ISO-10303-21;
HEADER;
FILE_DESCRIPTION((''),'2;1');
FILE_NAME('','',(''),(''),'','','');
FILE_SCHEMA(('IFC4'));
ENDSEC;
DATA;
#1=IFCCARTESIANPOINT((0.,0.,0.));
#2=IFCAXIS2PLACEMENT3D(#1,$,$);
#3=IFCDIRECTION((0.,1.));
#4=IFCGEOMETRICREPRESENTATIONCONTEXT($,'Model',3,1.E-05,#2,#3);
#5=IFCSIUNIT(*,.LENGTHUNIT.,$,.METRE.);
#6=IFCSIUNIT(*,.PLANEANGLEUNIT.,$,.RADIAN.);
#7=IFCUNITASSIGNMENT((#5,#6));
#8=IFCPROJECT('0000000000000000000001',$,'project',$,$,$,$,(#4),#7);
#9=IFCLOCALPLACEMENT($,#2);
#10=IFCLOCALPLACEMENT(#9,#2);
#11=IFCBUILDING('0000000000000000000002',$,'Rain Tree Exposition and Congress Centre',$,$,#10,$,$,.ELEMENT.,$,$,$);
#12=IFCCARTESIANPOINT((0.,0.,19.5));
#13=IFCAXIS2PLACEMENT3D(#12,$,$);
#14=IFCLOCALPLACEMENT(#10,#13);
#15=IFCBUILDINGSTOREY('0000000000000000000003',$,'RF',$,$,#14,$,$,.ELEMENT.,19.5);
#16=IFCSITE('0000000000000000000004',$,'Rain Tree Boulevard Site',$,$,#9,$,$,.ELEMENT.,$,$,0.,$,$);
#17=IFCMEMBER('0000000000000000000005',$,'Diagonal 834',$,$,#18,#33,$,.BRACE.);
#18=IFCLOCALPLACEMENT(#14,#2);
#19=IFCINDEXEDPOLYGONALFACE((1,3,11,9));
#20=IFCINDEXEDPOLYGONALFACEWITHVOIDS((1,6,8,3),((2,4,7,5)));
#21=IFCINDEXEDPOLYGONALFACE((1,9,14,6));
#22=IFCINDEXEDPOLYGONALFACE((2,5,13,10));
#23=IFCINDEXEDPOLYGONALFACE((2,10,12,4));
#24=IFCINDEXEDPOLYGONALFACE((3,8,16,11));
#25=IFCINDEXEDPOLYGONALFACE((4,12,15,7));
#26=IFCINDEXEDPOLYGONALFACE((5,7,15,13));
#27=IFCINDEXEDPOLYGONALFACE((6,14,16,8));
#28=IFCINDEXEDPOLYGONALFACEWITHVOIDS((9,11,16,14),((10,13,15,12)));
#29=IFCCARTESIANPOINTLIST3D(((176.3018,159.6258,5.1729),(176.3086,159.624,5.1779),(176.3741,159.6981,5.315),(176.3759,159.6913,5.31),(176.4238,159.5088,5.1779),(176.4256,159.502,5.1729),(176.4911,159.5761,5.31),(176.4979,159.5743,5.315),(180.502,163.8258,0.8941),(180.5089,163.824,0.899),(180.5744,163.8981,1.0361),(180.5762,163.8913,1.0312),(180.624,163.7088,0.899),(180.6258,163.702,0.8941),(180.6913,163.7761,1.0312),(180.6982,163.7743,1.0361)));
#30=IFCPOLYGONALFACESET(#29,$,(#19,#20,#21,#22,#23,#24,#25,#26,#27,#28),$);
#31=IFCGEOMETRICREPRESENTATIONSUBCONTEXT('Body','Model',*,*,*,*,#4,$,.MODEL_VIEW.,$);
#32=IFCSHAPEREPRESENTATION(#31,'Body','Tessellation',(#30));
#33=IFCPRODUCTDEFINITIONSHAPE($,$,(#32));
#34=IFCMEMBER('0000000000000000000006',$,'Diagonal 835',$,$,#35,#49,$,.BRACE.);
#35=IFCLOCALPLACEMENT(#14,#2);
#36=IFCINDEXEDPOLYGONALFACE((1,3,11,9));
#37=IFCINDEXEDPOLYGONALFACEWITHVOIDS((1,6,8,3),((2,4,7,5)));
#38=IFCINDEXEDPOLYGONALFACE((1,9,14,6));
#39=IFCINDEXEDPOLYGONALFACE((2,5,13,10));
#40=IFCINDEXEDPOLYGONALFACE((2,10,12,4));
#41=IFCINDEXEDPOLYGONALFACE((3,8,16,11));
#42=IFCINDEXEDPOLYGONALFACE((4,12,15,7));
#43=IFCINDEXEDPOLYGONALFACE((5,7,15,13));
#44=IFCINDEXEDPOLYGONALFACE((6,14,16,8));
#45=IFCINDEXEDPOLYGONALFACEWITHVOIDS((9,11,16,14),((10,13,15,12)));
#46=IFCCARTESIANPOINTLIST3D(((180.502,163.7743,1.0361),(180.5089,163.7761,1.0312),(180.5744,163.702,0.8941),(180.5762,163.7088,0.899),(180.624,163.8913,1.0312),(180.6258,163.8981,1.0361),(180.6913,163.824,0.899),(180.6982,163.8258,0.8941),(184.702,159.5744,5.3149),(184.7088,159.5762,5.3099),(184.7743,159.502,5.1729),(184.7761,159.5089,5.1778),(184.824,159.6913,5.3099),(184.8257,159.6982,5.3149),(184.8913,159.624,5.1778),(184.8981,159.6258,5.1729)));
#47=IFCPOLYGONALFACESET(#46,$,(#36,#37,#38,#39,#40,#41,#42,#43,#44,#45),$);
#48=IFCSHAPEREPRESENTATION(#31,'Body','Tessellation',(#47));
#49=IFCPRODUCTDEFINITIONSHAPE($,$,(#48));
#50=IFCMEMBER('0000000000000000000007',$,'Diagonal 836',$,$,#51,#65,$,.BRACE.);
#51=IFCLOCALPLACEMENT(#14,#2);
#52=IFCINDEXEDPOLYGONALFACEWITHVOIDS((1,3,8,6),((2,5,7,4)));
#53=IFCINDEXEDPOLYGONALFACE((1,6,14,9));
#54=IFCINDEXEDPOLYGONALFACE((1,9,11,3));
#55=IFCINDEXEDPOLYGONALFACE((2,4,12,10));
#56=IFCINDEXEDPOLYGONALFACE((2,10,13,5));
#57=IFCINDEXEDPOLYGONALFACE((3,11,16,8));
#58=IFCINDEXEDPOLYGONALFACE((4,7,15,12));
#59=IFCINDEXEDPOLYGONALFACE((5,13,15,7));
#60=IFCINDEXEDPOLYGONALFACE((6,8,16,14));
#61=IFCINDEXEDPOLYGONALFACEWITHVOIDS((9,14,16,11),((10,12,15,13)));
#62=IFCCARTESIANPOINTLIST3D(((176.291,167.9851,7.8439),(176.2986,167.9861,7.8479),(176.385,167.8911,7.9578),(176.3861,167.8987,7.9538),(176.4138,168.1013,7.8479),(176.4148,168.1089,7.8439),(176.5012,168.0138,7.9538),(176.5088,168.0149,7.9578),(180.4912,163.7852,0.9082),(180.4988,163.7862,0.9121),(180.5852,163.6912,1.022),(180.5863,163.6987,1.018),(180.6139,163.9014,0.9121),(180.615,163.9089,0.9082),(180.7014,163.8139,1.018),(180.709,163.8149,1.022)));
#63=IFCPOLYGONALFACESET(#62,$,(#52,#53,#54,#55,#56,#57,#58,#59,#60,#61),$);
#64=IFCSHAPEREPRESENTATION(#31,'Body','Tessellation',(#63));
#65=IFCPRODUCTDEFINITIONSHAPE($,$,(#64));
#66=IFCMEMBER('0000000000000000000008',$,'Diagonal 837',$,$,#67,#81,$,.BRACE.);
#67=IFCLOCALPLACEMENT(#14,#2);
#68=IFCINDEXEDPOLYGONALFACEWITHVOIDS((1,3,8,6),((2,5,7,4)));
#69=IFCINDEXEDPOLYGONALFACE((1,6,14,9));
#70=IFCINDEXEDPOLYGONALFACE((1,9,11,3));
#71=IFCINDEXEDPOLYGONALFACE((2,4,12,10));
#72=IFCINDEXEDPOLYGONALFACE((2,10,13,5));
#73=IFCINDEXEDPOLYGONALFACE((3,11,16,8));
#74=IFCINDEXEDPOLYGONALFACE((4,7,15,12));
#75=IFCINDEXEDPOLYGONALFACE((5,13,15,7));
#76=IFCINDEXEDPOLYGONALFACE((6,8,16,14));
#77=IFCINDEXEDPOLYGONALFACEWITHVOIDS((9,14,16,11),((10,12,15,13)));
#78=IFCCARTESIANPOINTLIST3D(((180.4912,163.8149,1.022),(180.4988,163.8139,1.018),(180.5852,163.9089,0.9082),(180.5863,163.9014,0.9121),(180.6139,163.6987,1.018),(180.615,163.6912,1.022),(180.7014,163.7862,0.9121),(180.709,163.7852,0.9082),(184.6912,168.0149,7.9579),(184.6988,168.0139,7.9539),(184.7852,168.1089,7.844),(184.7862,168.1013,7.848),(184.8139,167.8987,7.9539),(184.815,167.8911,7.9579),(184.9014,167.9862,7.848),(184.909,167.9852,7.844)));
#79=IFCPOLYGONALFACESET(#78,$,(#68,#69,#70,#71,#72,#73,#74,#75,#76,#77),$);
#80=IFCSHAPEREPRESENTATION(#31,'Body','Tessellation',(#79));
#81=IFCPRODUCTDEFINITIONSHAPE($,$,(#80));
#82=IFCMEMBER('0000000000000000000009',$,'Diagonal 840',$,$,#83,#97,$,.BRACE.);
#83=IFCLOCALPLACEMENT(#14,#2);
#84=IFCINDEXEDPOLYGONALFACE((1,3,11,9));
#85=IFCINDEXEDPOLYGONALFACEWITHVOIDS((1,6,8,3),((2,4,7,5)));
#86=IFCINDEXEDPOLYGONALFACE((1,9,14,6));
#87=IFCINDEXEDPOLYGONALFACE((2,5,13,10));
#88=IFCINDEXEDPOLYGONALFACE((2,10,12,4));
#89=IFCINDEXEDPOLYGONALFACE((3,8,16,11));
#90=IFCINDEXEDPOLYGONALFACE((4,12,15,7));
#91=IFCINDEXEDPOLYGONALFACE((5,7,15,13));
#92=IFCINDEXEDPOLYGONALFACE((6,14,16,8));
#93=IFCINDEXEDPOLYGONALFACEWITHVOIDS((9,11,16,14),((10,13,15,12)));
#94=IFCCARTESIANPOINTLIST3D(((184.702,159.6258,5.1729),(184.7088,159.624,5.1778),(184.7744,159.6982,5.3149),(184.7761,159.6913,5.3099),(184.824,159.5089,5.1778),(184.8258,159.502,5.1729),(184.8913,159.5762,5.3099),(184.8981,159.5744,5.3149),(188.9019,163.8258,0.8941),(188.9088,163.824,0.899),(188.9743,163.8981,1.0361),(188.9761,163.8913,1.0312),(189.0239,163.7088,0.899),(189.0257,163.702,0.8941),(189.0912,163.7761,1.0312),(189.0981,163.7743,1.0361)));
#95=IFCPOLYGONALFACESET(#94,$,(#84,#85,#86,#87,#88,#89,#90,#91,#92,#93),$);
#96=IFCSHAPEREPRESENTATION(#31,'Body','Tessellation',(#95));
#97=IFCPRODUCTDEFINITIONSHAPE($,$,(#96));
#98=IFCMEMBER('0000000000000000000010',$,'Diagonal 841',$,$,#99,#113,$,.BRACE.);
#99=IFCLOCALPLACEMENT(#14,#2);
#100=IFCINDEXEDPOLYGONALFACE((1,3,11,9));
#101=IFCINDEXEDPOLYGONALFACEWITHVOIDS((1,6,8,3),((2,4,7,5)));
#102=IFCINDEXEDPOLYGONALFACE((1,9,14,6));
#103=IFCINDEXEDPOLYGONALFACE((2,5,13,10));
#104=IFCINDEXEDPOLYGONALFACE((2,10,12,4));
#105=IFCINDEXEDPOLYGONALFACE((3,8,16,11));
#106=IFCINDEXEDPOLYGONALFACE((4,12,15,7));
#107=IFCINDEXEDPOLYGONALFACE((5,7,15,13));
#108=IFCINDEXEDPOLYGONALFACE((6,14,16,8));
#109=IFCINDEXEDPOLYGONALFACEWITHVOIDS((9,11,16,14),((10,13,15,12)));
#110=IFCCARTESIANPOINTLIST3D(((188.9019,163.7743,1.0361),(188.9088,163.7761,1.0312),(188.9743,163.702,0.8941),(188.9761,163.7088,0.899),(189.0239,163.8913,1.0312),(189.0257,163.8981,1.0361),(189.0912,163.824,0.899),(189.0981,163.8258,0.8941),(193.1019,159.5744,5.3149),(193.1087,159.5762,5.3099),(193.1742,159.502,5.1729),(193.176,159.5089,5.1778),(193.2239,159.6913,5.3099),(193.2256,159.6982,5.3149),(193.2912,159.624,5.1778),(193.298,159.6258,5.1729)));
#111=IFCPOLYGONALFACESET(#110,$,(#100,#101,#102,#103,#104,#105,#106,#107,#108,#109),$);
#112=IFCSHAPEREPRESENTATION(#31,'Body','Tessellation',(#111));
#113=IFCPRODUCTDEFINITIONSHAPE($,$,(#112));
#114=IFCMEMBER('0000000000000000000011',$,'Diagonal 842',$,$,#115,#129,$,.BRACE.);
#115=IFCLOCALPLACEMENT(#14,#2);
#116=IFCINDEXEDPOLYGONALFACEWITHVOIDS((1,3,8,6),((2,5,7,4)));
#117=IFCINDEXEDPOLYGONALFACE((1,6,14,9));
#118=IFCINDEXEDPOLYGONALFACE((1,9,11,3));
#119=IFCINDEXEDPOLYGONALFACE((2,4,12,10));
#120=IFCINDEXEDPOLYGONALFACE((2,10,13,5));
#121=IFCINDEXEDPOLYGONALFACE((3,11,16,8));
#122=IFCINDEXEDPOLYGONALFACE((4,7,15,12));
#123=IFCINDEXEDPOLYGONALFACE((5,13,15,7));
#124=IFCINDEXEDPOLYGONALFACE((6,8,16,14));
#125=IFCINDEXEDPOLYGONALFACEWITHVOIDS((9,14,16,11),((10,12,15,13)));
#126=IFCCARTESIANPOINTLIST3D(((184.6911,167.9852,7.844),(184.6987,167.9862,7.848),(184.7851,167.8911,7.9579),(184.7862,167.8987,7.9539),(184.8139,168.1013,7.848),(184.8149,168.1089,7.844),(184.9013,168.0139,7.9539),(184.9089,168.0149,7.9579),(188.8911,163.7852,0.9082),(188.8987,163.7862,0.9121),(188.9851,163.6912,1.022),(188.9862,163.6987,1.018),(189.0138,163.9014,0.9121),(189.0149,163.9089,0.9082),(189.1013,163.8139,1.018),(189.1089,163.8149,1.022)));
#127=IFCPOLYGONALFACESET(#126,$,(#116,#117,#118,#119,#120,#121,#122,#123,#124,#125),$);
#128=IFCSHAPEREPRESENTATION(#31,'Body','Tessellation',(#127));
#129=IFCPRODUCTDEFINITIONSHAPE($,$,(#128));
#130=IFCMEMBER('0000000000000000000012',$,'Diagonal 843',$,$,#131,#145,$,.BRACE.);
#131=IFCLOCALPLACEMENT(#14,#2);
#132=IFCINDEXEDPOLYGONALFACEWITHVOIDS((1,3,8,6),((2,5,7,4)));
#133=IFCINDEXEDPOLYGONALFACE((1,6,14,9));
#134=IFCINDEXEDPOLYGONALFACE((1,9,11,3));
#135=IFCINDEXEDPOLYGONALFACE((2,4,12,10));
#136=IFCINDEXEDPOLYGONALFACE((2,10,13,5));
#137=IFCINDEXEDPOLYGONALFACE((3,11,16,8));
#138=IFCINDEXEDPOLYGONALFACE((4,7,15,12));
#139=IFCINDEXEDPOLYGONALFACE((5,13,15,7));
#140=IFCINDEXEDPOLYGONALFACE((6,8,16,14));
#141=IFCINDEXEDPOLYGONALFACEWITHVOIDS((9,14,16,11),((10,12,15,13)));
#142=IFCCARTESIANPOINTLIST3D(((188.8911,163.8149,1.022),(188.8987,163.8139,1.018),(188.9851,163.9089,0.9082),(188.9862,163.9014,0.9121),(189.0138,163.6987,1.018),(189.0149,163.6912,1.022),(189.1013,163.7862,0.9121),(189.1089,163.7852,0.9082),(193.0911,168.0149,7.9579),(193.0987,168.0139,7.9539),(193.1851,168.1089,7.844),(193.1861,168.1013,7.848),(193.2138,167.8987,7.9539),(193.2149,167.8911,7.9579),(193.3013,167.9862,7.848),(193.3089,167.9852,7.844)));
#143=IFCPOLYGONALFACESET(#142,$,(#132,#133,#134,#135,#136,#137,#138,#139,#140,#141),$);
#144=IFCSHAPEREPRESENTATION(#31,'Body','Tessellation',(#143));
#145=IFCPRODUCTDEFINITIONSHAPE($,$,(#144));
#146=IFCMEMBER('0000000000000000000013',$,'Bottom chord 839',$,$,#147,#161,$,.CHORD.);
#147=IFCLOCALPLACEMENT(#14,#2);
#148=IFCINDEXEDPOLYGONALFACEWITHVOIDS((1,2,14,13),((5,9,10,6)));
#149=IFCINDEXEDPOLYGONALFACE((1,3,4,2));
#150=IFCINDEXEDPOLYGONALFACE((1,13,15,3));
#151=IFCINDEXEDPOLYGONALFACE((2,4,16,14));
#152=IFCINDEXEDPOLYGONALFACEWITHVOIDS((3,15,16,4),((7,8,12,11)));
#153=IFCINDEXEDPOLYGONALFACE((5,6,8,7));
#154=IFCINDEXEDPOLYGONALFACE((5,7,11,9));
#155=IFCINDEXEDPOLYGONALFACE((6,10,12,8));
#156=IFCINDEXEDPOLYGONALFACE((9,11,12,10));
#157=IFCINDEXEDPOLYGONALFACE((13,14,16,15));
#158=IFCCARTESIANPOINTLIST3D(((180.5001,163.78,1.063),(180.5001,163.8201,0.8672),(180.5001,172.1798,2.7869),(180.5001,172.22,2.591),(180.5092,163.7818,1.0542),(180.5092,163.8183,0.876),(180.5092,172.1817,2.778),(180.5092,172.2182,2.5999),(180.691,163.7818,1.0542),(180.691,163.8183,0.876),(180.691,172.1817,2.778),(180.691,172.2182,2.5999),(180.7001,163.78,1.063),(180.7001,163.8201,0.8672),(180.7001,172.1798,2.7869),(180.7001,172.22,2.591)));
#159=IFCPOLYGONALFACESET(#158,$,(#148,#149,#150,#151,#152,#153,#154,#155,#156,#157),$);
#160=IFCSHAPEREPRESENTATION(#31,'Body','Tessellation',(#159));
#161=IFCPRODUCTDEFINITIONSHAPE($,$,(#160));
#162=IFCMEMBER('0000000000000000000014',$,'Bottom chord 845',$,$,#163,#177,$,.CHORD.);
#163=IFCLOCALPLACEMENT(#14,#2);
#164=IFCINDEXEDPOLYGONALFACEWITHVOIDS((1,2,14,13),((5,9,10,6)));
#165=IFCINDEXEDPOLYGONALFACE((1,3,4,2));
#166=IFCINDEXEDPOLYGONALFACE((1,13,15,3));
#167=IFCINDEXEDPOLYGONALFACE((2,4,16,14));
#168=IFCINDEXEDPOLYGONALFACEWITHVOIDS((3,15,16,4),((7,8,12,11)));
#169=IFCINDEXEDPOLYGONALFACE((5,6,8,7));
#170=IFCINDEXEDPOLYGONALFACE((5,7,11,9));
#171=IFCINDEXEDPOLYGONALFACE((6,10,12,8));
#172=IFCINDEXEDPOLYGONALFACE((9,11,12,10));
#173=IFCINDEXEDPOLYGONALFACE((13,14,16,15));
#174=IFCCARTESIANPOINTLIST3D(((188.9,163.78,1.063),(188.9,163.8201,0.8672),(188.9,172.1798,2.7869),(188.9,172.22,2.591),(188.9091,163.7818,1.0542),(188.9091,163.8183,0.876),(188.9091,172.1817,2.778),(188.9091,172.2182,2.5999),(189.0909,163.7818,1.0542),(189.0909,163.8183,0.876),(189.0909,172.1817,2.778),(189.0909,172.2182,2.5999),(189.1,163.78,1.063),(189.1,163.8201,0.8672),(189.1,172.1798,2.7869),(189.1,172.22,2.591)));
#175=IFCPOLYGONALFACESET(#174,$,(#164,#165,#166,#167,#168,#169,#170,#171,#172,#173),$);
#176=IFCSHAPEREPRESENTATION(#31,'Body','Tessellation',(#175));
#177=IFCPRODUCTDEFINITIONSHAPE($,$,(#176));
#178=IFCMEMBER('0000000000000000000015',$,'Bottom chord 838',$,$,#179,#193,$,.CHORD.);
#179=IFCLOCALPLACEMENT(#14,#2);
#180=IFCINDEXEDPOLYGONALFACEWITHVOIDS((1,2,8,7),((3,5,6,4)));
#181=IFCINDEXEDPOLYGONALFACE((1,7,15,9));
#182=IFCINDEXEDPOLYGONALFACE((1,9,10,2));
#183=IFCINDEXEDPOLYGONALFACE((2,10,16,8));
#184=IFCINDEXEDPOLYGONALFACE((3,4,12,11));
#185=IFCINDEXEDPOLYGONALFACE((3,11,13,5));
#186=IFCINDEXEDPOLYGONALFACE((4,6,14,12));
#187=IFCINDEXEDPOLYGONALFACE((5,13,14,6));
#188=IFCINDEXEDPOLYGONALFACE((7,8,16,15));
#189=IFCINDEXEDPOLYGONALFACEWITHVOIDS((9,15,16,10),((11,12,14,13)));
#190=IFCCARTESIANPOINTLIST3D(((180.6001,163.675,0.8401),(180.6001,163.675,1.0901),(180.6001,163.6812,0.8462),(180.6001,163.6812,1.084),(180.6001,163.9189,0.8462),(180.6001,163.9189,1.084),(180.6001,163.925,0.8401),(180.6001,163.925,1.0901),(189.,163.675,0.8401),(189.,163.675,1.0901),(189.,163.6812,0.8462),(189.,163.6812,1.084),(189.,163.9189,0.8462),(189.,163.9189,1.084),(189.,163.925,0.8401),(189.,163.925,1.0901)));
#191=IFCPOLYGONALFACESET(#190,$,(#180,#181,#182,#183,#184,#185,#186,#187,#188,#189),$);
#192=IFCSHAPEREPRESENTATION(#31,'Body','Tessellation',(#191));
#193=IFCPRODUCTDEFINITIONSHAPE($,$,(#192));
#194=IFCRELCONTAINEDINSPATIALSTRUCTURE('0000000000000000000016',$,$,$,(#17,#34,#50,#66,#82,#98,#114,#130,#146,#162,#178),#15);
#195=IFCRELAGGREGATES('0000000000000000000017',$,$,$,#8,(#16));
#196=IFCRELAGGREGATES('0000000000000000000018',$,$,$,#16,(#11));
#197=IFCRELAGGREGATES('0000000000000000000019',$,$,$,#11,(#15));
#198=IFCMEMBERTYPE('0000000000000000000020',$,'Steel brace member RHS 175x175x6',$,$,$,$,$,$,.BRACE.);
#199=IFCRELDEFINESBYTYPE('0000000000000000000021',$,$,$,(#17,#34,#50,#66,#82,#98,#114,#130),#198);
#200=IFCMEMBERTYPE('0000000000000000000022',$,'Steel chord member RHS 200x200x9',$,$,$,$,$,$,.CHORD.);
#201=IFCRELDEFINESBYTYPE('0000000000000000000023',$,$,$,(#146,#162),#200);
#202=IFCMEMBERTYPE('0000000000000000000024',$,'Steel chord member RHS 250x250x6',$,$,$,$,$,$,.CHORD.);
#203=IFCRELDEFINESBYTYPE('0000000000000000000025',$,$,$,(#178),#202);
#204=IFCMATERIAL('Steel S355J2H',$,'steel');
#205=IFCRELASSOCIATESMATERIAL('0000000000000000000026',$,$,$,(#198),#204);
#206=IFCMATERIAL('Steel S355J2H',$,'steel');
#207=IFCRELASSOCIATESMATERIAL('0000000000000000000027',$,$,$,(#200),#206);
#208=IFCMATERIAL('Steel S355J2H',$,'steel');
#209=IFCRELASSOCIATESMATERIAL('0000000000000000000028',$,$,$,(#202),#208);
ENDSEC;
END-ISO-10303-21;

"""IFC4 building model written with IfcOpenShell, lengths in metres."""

from ifc_helpers import new_model, si_unit, direction, frame, origin, origin_2d, place, context, subcontext, project, spatial, hollow_rectangle, extrude, material, material_profile, profile_set, type_object, element, save


model = new_model("IFC4")

# Units and contexts
model_context = context("Model", 3, precision=1e-05, world=origin(), true_north=direction((0.0, 1.0)))
body_context = subcontext(model_context, "Body", "Model", "MODEL_VIEW")
ifc_project = project(units=[si_unit("LENGTHUNIT", "METRE"), si_unit("PLANEANGLEUNIT", "RADIAN")], contexts=[model_context])

# Site, building, storey
site_placement = place(None, origin())
site = spatial("IfcSite", under=ifc_project, at=site_placement, Name="Rain Tree Boulevard Site", CompositionType="ELEMENT", RefElevation=0.0)
building_placement = place(site_placement, origin())
building = spatial("IfcBuilding", under=site, at=building_placement, Name="Rain Tree Exposition and Congress Centre", CompositionType="ELEMENT")
storey_placement = place(building_placement, frame((0.0, 0.0, 19.5)))
storey = spatial("IfcBuildingStorey", under=building, at=storey_placement, Name="RF", CompositionType="ELEMENT", Elevation=19.5)

# Members
ifc_material_1 = material(Name="Steel S355J2H", Category="steel")
ifc_material_profile_1 = material_profile(ifc_material_1, hollow_rectangle(XDim=0.175, YDim=0.175, WallThickness=0.0061, at=origin_2d()), Name="RHS 175x175x6")
ifc_profile_set_1 = profile_set([ifc_material_profile_1], Name="Steel S355J2H")
member_type_1 = type_object("IfcMemberType", Name="Steel brace member RHS 175x175x6", PredefinedType="BRACE", material=ifc_profile_set_1)
member_1_placement = place(storey_placement, frame((180.6001, 163.8, 0.9651), z_axis=(-0.57376, -0.573726, 0.584498), x_axis=(0.707086, -0.707127, 0.0)))
element("IfcMember", 1, at=member_1_placement, inside=storey, type_object=member_type_1, Name="Diagonal 834", PredefinedType="BRACE", context=body_context, shape_type="SweptSolid", body=[
    extrude(hollow_rectangle(XDim=0.175, YDim=0.175, WallThickness=0.0061, at=origin_2d()), origin(), (0.0, 0.0, 1.0), 7.3206),
])
member_2_placement = place(storey_placement, frame((180.6001, 163.8, 0.9651), z_axis=(0.573737, -0.573737, 0.58451), x_axis=(0.707107, 0.707107, 0.0)))
element("IfcMember", 2, at=member_2_placement, inside=storey, type_object=member_type_1, Name="Diagonal 835", PredefinedType="BRACE", context=body_context, shape_type="SweptSolid", body=[
    extrude(hollow_rectangle(XDim=0.175, YDim=0.175, WallThickness=0.0061, at=origin_2d()), origin(), (0.0, 0.0, 1.0), 7.3203),
])
for number, where, z_axis, x_axis, name in (
    (3, (180.6001, 163.8, 0.9651), (-0.459962, 0.459935, 0.759536), (-0.707086, -0.707127, 0.0), "Diagonal 836"),
    (4, (180.6001, 163.8, 0.9651), (0.459941, 0.459941, 0.759545), (-0.707107, 0.707107, 0.0), "Diagonal 837"),
):
    element("IfcMember", number, at=place(storey_placement, frame(where, z_axis=z_axis, x_axis=x_axis)), inside=storey, type_object=member_type_1, Name=name, PredefinedType="BRACE", context=body_context, shape_type="SweptSolid", body=[
        extrude(hollow_rectangle(XDim=0.175, YDim=0.175, WallThickness=0.0061, at=origin_2d()), origin(), (0.0, 0.0, 1.0), 9.1316),
    ])
for number, where, z_axis, x_axis, name in (
    (5, (189.0, 163.8, 0.9651), (-0.573737, -0.573737, 0.58451), (0.707107, -0.707107, 0.0), "Diagonal 840"),
    (6, (189.0, 163.8, 0.9651), (0.573737, -0.573737, 0.58451), (0.707107, 0.707107, 0.0), "Diagonal 841"),
):
    element("IfcMember", number, at=place(storey_placement, frame(where, z_axis=z_axis, x_axis=x_axis)), inside=storey, type_object=member_type_1, Name=name, PredefinedType="BRACE", context=body_context, shape_type="SweptSolid", body=[
        extrude(hollow_rectangle(XDim=0.175, YDim=0.175, WallThickness=0.0061, at=origin_2d()), origin(), (0.0, 0.0, 1.0), 7.3203),
    ])
for number, where, z_axis, x_axis, name in (
    (7, (189.0, 163.8, 0.9651), (-0.459941, 0.459941, 0.759545), (-0.707107, -0.707107, 0.0), "Diagonal 842"),
    (8, (189.0, 163.8, 0.9651), (0.459941, 0.459941, 0.759545), (-0.707107, 0.707107, 0.0), "Diagonal 843"),
):
    element("IfcMember", number, at=place(storey_placement, frame(where, z_axis=z_axis, x_axis=x_axis)), inside=storey, type_object=member_type_1, Name=name, PredefinedType="BRACE", context=body_context, shape_type="SweptSolid", body=[
        extrude(hollow_rectangle(XDim=0.175, YDim=0.175, WallThickness=0.0061, at=origin_2d()), origin(), (0.0, 0.0, 1.0), 9.1316),
    ])
ifc_material_2 = material(Name="Steel S355J2H", Category="steel")
ifc_material_profile_2 = material_profile(ifc_material_2, hollow_rectangle(XDim=0.2, YDim=0.2, WallThickness=0.009, at=origin_2d()), Name="RHS 200x200x9")
ifc_profile_set_2 = profile_set([ifc_material_profile_2], Name="Steel S355J2H")
member_type_2 = type_object("IfcMemberType", Name="Steel chord member RHS 200x200x9", PredefinedType="CHORD", material=ifc_profile_set_2)
for number, where, z_axis, x_axis, name in (
    (9, (180.6001, 163.8, 0.9651), (0.0, 0.979584, 0.201036), (-1.0, 0.0, 0.0), "Bottom chord 839"),
    (10, (189.0, 163.8, 0.9651), (0.0, 0.979584, 0.201036), (-1.0, 0.0, 0.0), "Bottom chord 845"),
):
    element("IfcMember", number, at=place(storey_placement, frame(where, z_axis=z_axis, x_axis=x_axis)), inside=storey, type_object=member_type_2, Name=name, PredefinedType="CHORD", context=body_context, shape_type="SweptSolid", body=[
        extrude(hollow_rectangle(XDim=0.2, YDim=0.2, WallThickness=0.009, at=origin_2d()), origin(), (0.0, 0.0, 1.0), 8.575),
    ])
ifc_material_3 = material(Name="Steel S355J2H", Category="steel")
ifc_material_profile_3 = material_profile(ifc_material_3, hollow_rectangle(XDim=0.25, YDim=0.25, WallThickness=0.0061, at=origin_2d()), Name="RHS 250x250x6")
ifc_profile_set_3 = profile_set([ifc_material_profile_3], Name="Steel S355J2H")
member_type_3 = type_object("IfcMemberType", Name="Steel chord member RHS 250x250x6", PredefinedType="CHORD", material=ifc_profile_set_3)
for number, where, z_axis, x_axis, name in (
    (11, (180.6001, 163.8, 0.9651), (1.0, 0.0, 0.0), (0.0, 1.0, 0.0), "Bottom chord 838"),
):
    element("IfcMember", number, at=place(storey_placement, frame(where, z_axis=z_axis, x_axis=x_axis)), inside=storey, type_object=member_type_3, Name=name, PredefinedType="CHORD", context=body_context, shape_type="SweptSolid", body=[
        extrude(hollow_rectangle(XDim=0.25, YDim=0.25, WallThickness=0.0061, at=origin_2d()), origin(), (0.0, 0.0, 1.0), 8.3999),
    ])

save(model, "model.ifc")
